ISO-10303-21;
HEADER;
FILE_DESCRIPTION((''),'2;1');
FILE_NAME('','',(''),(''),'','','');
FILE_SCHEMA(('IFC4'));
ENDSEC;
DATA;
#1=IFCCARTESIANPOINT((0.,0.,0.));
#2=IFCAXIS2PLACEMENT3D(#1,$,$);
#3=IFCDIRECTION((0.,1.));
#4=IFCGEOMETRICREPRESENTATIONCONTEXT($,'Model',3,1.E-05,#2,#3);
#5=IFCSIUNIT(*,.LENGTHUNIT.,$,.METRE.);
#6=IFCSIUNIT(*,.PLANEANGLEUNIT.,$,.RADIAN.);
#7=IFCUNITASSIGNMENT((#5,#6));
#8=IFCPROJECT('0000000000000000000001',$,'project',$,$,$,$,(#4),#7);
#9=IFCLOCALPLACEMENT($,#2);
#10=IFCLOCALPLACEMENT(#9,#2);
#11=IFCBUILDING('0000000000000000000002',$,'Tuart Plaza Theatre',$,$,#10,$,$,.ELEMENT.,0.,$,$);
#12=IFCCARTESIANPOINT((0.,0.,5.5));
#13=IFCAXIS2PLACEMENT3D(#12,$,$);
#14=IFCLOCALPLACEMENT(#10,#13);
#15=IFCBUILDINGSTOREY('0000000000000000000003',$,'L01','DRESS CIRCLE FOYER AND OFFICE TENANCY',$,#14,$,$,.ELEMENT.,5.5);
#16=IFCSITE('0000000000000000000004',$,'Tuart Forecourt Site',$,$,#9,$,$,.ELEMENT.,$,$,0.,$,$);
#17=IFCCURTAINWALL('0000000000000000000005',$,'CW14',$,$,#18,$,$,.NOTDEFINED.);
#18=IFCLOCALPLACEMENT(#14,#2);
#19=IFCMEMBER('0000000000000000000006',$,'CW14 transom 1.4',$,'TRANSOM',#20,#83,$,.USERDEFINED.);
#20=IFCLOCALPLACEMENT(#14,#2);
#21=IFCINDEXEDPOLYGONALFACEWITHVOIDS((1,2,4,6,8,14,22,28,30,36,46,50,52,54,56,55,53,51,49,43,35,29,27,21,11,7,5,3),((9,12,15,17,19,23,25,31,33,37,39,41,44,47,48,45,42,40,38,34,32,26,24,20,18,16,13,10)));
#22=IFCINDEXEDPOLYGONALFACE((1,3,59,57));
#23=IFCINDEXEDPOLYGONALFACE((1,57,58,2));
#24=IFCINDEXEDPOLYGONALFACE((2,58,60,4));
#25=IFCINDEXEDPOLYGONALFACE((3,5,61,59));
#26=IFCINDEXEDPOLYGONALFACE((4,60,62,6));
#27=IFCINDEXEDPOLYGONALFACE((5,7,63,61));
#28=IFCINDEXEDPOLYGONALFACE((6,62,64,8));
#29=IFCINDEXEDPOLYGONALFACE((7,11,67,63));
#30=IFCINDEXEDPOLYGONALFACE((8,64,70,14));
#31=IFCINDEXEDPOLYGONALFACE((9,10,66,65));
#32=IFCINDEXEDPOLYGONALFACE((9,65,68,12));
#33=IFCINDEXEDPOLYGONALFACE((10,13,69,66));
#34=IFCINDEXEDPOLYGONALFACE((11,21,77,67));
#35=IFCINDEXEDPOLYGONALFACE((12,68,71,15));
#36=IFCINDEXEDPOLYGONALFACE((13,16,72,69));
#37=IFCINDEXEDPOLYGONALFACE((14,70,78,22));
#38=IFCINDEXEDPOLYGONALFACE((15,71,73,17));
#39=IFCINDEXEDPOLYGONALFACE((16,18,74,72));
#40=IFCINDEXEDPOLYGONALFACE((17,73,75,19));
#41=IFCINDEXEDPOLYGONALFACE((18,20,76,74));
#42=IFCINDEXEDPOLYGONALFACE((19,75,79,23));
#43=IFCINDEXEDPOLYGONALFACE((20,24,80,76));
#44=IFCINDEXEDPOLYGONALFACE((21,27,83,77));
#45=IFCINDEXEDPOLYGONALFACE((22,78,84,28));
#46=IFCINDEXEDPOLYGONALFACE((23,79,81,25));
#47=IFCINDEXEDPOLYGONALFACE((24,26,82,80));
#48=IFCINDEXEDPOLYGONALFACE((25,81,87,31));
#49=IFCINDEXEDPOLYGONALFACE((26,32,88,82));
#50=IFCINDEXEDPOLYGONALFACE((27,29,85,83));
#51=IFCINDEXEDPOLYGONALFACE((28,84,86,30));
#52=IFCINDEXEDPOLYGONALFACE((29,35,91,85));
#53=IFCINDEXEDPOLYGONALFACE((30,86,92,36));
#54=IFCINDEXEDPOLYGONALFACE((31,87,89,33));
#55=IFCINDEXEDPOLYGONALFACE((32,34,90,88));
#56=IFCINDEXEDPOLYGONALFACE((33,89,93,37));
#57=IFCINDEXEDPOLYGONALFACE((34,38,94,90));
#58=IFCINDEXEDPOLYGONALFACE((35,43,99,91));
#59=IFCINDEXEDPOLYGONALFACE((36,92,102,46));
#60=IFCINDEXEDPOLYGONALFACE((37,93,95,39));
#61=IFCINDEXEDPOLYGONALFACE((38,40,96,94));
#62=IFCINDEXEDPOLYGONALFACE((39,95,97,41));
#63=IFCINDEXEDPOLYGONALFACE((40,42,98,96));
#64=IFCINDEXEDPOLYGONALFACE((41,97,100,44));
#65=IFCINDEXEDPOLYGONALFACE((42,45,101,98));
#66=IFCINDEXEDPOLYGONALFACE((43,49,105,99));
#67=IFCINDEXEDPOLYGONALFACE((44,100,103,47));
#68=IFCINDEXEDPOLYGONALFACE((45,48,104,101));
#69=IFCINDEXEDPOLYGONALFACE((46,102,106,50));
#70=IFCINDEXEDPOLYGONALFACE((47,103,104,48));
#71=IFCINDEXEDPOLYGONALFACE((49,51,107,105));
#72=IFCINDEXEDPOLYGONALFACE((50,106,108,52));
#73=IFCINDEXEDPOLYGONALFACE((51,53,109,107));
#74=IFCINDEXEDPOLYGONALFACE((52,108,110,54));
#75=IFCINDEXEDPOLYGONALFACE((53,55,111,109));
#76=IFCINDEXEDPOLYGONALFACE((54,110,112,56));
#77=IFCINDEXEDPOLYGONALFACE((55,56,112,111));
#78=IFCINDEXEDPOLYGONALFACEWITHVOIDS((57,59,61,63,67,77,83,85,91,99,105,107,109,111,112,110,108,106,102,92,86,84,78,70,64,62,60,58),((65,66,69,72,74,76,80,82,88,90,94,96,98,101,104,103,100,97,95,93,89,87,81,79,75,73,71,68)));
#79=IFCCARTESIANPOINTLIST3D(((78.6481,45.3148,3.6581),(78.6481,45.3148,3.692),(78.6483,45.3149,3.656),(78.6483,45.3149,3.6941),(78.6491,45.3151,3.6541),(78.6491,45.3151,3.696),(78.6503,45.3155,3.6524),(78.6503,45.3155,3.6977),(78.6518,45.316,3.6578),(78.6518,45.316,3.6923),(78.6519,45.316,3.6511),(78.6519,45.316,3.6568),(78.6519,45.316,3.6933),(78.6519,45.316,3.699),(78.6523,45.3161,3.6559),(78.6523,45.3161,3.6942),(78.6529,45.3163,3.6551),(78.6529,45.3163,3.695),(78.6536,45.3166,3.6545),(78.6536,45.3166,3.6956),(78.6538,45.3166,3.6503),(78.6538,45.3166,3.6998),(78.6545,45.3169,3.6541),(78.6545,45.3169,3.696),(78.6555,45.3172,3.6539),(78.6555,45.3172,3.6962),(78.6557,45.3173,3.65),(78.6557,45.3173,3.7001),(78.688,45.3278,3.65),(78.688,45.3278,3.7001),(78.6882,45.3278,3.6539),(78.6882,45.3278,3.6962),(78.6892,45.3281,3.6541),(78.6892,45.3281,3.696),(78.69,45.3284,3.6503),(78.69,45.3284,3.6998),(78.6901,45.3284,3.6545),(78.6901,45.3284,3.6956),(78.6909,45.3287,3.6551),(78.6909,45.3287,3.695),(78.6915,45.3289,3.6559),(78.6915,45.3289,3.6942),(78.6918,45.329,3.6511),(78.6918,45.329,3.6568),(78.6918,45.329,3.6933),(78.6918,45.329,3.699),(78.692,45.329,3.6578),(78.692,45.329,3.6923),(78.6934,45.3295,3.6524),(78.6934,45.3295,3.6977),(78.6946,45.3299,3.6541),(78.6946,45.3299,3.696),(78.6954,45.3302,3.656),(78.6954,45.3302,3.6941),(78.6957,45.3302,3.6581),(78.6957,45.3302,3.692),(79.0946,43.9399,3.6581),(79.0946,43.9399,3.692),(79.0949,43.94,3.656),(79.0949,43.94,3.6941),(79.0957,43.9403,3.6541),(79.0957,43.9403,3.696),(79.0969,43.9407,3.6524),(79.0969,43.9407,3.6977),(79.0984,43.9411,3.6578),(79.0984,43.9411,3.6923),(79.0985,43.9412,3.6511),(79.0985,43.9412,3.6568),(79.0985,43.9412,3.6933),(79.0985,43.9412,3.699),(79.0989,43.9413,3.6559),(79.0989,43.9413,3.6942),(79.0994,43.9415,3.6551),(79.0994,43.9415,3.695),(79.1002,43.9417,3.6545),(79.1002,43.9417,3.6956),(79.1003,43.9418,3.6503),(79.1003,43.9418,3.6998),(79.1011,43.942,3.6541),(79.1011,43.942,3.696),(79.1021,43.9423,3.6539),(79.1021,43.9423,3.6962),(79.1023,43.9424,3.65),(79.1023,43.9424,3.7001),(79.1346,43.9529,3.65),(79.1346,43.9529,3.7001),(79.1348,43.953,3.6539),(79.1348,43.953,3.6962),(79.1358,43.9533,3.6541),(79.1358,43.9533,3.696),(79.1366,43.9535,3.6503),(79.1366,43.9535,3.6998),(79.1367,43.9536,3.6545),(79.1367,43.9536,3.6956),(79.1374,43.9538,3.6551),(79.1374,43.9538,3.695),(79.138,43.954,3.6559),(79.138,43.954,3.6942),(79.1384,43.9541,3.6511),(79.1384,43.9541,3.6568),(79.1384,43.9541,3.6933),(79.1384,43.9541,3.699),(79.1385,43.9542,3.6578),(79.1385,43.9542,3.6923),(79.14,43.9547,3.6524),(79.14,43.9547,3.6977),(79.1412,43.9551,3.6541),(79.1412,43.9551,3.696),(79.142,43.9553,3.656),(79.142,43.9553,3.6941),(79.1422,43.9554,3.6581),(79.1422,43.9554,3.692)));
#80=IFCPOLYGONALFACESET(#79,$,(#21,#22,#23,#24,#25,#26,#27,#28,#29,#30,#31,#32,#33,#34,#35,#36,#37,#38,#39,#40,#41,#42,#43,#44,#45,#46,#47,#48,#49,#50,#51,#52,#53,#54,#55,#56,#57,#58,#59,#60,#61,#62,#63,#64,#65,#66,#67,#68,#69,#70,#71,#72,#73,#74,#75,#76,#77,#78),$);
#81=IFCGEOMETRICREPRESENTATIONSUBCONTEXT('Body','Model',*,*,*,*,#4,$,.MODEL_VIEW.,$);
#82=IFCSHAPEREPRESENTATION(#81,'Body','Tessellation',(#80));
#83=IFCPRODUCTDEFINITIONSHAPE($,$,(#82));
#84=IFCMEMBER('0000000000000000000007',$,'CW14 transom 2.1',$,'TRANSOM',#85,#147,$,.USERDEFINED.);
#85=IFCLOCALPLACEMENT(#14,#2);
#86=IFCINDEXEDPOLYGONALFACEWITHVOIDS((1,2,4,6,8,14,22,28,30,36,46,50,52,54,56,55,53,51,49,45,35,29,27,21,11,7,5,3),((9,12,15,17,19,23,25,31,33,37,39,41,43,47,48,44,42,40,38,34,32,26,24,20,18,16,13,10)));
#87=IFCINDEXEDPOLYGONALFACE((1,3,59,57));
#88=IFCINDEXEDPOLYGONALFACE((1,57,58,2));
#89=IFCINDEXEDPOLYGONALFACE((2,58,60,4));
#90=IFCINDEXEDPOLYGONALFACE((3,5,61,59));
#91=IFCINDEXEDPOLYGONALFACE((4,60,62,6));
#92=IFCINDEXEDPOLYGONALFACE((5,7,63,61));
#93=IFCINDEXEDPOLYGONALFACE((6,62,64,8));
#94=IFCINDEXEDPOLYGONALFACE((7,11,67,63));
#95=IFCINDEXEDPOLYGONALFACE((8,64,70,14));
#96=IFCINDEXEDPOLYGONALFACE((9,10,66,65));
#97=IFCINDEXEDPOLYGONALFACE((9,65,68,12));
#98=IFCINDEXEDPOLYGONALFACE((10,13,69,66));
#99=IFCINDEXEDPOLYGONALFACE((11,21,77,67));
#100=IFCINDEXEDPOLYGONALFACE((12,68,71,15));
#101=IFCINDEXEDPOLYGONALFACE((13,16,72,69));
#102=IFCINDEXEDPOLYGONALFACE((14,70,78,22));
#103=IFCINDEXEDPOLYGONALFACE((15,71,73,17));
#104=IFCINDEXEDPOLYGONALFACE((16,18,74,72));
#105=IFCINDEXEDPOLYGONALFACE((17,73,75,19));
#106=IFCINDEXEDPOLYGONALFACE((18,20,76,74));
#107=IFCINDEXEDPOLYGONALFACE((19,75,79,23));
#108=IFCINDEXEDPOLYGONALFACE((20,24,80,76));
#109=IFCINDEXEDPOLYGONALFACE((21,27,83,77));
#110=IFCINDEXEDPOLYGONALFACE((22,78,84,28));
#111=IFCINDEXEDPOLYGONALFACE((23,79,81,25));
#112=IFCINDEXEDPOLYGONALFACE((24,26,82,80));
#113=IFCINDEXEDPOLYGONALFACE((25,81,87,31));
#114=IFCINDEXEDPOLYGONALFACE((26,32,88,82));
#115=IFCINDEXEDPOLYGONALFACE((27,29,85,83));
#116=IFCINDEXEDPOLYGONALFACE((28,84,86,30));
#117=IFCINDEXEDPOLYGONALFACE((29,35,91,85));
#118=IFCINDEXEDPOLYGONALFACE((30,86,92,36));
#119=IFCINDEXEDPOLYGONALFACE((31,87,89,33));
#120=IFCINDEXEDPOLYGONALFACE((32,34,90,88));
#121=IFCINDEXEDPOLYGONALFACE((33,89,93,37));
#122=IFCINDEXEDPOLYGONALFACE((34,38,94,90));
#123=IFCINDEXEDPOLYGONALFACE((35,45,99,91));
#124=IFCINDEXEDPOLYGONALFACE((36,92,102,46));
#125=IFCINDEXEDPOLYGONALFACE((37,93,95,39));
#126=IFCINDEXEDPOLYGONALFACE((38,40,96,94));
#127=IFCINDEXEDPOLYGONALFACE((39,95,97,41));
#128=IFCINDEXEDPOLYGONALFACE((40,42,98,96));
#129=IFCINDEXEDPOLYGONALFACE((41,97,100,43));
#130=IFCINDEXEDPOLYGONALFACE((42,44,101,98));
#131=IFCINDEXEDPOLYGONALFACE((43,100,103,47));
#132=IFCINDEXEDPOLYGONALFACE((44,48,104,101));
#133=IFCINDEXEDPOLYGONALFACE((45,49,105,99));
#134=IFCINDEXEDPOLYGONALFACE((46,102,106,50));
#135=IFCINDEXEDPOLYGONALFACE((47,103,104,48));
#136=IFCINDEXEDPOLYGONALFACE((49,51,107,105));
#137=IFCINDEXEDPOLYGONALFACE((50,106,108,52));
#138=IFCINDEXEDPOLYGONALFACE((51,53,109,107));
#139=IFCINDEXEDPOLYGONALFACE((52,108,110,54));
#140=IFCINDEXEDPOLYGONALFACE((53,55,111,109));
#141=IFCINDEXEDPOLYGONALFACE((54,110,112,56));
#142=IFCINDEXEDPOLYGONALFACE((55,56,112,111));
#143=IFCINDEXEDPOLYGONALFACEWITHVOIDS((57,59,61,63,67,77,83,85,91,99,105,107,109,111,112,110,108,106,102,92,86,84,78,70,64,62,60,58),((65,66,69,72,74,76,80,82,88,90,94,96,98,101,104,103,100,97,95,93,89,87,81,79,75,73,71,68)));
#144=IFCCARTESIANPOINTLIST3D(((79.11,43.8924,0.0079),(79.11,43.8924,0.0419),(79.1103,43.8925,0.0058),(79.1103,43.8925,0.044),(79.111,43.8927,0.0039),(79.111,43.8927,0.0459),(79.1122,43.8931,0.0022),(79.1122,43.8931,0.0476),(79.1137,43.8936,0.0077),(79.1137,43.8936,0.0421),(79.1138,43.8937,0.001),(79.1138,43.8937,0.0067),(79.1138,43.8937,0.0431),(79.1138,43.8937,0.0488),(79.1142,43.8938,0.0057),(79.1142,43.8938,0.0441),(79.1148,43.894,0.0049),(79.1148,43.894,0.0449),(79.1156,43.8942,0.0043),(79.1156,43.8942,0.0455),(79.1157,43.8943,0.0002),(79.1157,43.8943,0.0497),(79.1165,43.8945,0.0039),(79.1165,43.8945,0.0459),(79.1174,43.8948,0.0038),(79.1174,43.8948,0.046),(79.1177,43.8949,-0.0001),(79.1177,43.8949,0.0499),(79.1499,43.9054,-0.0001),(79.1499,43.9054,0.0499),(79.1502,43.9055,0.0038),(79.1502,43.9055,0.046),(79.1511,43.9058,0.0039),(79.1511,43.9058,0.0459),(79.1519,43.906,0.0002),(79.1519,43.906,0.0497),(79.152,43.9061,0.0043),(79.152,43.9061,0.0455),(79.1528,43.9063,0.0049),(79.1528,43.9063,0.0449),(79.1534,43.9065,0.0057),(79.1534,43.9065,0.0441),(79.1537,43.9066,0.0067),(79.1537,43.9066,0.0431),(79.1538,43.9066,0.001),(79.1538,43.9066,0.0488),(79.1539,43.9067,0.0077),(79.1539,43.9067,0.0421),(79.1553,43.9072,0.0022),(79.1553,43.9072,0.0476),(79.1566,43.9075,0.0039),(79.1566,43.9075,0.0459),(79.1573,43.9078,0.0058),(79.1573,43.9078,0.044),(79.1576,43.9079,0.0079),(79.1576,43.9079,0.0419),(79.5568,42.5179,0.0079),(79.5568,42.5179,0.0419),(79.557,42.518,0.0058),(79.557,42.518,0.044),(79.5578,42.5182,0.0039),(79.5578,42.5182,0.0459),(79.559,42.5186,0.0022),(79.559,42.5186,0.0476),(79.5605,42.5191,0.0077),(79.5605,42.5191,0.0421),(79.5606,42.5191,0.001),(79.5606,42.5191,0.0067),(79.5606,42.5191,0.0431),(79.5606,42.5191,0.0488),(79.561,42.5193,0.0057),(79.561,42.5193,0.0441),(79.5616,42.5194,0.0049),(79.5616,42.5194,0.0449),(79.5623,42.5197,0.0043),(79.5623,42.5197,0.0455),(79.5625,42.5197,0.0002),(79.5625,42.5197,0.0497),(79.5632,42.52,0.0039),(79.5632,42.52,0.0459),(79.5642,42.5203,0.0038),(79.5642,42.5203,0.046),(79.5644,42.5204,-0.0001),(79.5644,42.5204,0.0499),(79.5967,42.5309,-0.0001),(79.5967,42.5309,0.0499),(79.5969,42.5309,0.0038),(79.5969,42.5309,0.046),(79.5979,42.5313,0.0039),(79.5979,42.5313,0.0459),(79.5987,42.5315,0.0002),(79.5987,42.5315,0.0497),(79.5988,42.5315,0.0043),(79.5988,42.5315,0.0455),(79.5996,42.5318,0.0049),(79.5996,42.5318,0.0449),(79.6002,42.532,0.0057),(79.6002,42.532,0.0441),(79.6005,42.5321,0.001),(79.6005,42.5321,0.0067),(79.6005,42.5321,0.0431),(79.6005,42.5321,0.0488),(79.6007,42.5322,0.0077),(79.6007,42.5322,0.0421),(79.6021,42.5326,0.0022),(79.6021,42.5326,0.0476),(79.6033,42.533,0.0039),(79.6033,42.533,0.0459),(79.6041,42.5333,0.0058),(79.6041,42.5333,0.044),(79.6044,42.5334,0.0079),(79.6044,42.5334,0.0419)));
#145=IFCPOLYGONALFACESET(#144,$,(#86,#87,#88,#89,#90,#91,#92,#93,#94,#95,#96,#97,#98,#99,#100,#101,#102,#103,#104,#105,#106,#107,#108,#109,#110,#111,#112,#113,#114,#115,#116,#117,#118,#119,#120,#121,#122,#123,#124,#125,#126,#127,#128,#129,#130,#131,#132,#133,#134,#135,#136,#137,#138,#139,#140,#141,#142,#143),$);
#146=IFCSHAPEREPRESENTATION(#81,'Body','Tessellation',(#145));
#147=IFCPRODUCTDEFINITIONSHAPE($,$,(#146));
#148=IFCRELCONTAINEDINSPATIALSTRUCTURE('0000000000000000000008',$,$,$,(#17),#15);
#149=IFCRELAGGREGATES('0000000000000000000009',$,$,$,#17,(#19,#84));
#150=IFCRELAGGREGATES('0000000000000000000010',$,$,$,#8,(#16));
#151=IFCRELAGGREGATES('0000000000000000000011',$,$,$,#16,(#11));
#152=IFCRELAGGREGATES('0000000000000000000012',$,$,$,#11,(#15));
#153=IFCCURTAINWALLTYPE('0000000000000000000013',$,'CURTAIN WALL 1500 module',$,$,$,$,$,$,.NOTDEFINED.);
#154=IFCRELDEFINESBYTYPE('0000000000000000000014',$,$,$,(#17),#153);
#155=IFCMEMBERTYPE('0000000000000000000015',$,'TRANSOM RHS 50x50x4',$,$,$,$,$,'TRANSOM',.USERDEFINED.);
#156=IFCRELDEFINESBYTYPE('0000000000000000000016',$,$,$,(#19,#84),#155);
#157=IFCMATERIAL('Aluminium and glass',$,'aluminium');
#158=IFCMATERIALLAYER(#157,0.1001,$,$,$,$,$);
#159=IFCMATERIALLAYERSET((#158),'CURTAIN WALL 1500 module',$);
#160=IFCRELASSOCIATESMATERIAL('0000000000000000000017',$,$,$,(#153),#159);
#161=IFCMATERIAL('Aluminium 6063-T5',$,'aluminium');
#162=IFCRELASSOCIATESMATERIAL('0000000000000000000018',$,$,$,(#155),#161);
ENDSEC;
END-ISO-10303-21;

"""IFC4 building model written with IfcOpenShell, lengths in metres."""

from ifc_helpers import new_model, si_unit, direction, frame, origin, origin_2d, place, context, subcontext, project, spatial, hollow_rectangle, extrude, material, layer, layer_set, material_profile, profile_set, type_object, element, aggregate, save


model = new_model("IFC4")

# Units and contexts
model_context = context("Model", 3, precision=1e-05, world=origin(), true_north=direction((0.0, 1.0)))
body_context = subcontext(model_context, "Body", "Model", "MODEL_VIEW")
ifc_project = project(units=[si_unit("LENGTHUNIT", "METRE"), si_unit("PLANEANGLEUNIT", "RADIAN")], contexts=[model_context])

# Site, building, storey
site_placement = place(None, origin())
site = spatial("IfcSite", under=ifc_project, at=site_placement, Name="Tuart Forecourt Site", CompositionType="ELEMENT", RefElevation=0.0)
building_placement = place(site_placement, origin())
building = spatial("IfcBuilding", under=site, at=building_placement, Name="Tuart Plaza Theatre", CompositionType="ELEMENT", ElevationOfRefHeight=0.0)
storey_placement = place(building_placement, frame((0.0, 0.0, 5.5)))
storey = spatial("IfcBuildingStorey", under=building, at=storey_placement, Name="L01", Description="DRESS CIRCLE FOYER AND OFFICE TENANCY", CompositionType="ELEMENT", Elevation=5.5)

# Curtain wall, members
ifc_material_1 = material(Name="Aluminium and glass", Category="aluminium")
ifc_layer_1 = layer(ifc_material_1, 0.1001)
ifc_layer_set_1 = layer_set([ifc_layer_1], Name="CURTAIN WALL 1500 module")
curtain_wall_type = type_object("IfcCurtainWallType", Name="CURTAIN WALL 1500 module", PredefinedType="NOTDEFINED", material=ifc_layer_set_1)
curtain_wall_placement = place(storey_placement, origin())
curtain_wall = element("IfcCurtainWall", 1, at=curtain_wall_placement, inside=storey, type_object=curtain_wall_type, Name="CW14", PredefinedType="NOTDEFINED")
ifc_material_2 = material(Name="Aluminium 6063-T5", Category="aluminium")
ifc_material_profile_1 = material_profile(ifc_material_2, hollow_rectangle(XDim=0.05, YDim=0.05, WallThickness=0.0039, InnerFilletRadius=0.0039, OuterFilletRadius=0.0081, at=origin_2d()), Name="RHS 50x50x4")
ifc_profile_set_1 = profile_set([ifc_material_profile_1], Name="Aluminium 6063-T5")
member_type_1 = type_object("IfcMemberType", Name="TRANSOM RHS 50x50x4", ElementType="TRANSOM", PredefinedType="USERDEFINED", material=ifc_profile_set_1)
member_1_placement = place(storey_placement, frame((78.6719, 45.3225, 3.675), z_axis=(0.308922, -0.951087, 0.0), x_axis=(0.951087, 0.308922, 0.0)))
member_1 = element("IfcMember", 2, at=member_1_placement, type_object=member_type_1, Name="CW14 transom 1.4", ObjectType="TRANSOM", PredefinedType="USERDEFINED", context=body_context, shape_type="SweptSolid", body=[
    extrude(hollow_rectangle(XDim=0.05, YDim=0.05, WallThickness=0.0039, InnerFilletRadius=0.0039, OuterFilletRadius=0.0081, at=origin_2d()), origin(), (0.0, 0.0, 1.0), 1.4456),
])
member_2_placement = place(storey_placement, frame((79.1338, 43.9001, 0.0249), z_axis=(0.309124, -0.951022, 0.0), x_axis=(0.951022, 0.309124, 0.0)))
member_2 = element("IfcMember", 3, at=member_2_placement, type_object=member_type_1, Name="CW14 transom 2.1", ObjectType="TRANSOM", PredefinedType="USERDEFINED", context=body_context, shape_type="SweptSolid", body=[
    extrude(hollow_rectangle(XDim=0.05, YDim=0.05, WallThickness=0.0039, InnerFilletRadius=0.0039, OuterFilletRadius=0.0081, at=origin_2d()), origin(), (0.0, 0.0, 1.0), 1.4453),
])
aggregate(curtain_wall, [member_1, member_2])

save(model, "model.ifc")
